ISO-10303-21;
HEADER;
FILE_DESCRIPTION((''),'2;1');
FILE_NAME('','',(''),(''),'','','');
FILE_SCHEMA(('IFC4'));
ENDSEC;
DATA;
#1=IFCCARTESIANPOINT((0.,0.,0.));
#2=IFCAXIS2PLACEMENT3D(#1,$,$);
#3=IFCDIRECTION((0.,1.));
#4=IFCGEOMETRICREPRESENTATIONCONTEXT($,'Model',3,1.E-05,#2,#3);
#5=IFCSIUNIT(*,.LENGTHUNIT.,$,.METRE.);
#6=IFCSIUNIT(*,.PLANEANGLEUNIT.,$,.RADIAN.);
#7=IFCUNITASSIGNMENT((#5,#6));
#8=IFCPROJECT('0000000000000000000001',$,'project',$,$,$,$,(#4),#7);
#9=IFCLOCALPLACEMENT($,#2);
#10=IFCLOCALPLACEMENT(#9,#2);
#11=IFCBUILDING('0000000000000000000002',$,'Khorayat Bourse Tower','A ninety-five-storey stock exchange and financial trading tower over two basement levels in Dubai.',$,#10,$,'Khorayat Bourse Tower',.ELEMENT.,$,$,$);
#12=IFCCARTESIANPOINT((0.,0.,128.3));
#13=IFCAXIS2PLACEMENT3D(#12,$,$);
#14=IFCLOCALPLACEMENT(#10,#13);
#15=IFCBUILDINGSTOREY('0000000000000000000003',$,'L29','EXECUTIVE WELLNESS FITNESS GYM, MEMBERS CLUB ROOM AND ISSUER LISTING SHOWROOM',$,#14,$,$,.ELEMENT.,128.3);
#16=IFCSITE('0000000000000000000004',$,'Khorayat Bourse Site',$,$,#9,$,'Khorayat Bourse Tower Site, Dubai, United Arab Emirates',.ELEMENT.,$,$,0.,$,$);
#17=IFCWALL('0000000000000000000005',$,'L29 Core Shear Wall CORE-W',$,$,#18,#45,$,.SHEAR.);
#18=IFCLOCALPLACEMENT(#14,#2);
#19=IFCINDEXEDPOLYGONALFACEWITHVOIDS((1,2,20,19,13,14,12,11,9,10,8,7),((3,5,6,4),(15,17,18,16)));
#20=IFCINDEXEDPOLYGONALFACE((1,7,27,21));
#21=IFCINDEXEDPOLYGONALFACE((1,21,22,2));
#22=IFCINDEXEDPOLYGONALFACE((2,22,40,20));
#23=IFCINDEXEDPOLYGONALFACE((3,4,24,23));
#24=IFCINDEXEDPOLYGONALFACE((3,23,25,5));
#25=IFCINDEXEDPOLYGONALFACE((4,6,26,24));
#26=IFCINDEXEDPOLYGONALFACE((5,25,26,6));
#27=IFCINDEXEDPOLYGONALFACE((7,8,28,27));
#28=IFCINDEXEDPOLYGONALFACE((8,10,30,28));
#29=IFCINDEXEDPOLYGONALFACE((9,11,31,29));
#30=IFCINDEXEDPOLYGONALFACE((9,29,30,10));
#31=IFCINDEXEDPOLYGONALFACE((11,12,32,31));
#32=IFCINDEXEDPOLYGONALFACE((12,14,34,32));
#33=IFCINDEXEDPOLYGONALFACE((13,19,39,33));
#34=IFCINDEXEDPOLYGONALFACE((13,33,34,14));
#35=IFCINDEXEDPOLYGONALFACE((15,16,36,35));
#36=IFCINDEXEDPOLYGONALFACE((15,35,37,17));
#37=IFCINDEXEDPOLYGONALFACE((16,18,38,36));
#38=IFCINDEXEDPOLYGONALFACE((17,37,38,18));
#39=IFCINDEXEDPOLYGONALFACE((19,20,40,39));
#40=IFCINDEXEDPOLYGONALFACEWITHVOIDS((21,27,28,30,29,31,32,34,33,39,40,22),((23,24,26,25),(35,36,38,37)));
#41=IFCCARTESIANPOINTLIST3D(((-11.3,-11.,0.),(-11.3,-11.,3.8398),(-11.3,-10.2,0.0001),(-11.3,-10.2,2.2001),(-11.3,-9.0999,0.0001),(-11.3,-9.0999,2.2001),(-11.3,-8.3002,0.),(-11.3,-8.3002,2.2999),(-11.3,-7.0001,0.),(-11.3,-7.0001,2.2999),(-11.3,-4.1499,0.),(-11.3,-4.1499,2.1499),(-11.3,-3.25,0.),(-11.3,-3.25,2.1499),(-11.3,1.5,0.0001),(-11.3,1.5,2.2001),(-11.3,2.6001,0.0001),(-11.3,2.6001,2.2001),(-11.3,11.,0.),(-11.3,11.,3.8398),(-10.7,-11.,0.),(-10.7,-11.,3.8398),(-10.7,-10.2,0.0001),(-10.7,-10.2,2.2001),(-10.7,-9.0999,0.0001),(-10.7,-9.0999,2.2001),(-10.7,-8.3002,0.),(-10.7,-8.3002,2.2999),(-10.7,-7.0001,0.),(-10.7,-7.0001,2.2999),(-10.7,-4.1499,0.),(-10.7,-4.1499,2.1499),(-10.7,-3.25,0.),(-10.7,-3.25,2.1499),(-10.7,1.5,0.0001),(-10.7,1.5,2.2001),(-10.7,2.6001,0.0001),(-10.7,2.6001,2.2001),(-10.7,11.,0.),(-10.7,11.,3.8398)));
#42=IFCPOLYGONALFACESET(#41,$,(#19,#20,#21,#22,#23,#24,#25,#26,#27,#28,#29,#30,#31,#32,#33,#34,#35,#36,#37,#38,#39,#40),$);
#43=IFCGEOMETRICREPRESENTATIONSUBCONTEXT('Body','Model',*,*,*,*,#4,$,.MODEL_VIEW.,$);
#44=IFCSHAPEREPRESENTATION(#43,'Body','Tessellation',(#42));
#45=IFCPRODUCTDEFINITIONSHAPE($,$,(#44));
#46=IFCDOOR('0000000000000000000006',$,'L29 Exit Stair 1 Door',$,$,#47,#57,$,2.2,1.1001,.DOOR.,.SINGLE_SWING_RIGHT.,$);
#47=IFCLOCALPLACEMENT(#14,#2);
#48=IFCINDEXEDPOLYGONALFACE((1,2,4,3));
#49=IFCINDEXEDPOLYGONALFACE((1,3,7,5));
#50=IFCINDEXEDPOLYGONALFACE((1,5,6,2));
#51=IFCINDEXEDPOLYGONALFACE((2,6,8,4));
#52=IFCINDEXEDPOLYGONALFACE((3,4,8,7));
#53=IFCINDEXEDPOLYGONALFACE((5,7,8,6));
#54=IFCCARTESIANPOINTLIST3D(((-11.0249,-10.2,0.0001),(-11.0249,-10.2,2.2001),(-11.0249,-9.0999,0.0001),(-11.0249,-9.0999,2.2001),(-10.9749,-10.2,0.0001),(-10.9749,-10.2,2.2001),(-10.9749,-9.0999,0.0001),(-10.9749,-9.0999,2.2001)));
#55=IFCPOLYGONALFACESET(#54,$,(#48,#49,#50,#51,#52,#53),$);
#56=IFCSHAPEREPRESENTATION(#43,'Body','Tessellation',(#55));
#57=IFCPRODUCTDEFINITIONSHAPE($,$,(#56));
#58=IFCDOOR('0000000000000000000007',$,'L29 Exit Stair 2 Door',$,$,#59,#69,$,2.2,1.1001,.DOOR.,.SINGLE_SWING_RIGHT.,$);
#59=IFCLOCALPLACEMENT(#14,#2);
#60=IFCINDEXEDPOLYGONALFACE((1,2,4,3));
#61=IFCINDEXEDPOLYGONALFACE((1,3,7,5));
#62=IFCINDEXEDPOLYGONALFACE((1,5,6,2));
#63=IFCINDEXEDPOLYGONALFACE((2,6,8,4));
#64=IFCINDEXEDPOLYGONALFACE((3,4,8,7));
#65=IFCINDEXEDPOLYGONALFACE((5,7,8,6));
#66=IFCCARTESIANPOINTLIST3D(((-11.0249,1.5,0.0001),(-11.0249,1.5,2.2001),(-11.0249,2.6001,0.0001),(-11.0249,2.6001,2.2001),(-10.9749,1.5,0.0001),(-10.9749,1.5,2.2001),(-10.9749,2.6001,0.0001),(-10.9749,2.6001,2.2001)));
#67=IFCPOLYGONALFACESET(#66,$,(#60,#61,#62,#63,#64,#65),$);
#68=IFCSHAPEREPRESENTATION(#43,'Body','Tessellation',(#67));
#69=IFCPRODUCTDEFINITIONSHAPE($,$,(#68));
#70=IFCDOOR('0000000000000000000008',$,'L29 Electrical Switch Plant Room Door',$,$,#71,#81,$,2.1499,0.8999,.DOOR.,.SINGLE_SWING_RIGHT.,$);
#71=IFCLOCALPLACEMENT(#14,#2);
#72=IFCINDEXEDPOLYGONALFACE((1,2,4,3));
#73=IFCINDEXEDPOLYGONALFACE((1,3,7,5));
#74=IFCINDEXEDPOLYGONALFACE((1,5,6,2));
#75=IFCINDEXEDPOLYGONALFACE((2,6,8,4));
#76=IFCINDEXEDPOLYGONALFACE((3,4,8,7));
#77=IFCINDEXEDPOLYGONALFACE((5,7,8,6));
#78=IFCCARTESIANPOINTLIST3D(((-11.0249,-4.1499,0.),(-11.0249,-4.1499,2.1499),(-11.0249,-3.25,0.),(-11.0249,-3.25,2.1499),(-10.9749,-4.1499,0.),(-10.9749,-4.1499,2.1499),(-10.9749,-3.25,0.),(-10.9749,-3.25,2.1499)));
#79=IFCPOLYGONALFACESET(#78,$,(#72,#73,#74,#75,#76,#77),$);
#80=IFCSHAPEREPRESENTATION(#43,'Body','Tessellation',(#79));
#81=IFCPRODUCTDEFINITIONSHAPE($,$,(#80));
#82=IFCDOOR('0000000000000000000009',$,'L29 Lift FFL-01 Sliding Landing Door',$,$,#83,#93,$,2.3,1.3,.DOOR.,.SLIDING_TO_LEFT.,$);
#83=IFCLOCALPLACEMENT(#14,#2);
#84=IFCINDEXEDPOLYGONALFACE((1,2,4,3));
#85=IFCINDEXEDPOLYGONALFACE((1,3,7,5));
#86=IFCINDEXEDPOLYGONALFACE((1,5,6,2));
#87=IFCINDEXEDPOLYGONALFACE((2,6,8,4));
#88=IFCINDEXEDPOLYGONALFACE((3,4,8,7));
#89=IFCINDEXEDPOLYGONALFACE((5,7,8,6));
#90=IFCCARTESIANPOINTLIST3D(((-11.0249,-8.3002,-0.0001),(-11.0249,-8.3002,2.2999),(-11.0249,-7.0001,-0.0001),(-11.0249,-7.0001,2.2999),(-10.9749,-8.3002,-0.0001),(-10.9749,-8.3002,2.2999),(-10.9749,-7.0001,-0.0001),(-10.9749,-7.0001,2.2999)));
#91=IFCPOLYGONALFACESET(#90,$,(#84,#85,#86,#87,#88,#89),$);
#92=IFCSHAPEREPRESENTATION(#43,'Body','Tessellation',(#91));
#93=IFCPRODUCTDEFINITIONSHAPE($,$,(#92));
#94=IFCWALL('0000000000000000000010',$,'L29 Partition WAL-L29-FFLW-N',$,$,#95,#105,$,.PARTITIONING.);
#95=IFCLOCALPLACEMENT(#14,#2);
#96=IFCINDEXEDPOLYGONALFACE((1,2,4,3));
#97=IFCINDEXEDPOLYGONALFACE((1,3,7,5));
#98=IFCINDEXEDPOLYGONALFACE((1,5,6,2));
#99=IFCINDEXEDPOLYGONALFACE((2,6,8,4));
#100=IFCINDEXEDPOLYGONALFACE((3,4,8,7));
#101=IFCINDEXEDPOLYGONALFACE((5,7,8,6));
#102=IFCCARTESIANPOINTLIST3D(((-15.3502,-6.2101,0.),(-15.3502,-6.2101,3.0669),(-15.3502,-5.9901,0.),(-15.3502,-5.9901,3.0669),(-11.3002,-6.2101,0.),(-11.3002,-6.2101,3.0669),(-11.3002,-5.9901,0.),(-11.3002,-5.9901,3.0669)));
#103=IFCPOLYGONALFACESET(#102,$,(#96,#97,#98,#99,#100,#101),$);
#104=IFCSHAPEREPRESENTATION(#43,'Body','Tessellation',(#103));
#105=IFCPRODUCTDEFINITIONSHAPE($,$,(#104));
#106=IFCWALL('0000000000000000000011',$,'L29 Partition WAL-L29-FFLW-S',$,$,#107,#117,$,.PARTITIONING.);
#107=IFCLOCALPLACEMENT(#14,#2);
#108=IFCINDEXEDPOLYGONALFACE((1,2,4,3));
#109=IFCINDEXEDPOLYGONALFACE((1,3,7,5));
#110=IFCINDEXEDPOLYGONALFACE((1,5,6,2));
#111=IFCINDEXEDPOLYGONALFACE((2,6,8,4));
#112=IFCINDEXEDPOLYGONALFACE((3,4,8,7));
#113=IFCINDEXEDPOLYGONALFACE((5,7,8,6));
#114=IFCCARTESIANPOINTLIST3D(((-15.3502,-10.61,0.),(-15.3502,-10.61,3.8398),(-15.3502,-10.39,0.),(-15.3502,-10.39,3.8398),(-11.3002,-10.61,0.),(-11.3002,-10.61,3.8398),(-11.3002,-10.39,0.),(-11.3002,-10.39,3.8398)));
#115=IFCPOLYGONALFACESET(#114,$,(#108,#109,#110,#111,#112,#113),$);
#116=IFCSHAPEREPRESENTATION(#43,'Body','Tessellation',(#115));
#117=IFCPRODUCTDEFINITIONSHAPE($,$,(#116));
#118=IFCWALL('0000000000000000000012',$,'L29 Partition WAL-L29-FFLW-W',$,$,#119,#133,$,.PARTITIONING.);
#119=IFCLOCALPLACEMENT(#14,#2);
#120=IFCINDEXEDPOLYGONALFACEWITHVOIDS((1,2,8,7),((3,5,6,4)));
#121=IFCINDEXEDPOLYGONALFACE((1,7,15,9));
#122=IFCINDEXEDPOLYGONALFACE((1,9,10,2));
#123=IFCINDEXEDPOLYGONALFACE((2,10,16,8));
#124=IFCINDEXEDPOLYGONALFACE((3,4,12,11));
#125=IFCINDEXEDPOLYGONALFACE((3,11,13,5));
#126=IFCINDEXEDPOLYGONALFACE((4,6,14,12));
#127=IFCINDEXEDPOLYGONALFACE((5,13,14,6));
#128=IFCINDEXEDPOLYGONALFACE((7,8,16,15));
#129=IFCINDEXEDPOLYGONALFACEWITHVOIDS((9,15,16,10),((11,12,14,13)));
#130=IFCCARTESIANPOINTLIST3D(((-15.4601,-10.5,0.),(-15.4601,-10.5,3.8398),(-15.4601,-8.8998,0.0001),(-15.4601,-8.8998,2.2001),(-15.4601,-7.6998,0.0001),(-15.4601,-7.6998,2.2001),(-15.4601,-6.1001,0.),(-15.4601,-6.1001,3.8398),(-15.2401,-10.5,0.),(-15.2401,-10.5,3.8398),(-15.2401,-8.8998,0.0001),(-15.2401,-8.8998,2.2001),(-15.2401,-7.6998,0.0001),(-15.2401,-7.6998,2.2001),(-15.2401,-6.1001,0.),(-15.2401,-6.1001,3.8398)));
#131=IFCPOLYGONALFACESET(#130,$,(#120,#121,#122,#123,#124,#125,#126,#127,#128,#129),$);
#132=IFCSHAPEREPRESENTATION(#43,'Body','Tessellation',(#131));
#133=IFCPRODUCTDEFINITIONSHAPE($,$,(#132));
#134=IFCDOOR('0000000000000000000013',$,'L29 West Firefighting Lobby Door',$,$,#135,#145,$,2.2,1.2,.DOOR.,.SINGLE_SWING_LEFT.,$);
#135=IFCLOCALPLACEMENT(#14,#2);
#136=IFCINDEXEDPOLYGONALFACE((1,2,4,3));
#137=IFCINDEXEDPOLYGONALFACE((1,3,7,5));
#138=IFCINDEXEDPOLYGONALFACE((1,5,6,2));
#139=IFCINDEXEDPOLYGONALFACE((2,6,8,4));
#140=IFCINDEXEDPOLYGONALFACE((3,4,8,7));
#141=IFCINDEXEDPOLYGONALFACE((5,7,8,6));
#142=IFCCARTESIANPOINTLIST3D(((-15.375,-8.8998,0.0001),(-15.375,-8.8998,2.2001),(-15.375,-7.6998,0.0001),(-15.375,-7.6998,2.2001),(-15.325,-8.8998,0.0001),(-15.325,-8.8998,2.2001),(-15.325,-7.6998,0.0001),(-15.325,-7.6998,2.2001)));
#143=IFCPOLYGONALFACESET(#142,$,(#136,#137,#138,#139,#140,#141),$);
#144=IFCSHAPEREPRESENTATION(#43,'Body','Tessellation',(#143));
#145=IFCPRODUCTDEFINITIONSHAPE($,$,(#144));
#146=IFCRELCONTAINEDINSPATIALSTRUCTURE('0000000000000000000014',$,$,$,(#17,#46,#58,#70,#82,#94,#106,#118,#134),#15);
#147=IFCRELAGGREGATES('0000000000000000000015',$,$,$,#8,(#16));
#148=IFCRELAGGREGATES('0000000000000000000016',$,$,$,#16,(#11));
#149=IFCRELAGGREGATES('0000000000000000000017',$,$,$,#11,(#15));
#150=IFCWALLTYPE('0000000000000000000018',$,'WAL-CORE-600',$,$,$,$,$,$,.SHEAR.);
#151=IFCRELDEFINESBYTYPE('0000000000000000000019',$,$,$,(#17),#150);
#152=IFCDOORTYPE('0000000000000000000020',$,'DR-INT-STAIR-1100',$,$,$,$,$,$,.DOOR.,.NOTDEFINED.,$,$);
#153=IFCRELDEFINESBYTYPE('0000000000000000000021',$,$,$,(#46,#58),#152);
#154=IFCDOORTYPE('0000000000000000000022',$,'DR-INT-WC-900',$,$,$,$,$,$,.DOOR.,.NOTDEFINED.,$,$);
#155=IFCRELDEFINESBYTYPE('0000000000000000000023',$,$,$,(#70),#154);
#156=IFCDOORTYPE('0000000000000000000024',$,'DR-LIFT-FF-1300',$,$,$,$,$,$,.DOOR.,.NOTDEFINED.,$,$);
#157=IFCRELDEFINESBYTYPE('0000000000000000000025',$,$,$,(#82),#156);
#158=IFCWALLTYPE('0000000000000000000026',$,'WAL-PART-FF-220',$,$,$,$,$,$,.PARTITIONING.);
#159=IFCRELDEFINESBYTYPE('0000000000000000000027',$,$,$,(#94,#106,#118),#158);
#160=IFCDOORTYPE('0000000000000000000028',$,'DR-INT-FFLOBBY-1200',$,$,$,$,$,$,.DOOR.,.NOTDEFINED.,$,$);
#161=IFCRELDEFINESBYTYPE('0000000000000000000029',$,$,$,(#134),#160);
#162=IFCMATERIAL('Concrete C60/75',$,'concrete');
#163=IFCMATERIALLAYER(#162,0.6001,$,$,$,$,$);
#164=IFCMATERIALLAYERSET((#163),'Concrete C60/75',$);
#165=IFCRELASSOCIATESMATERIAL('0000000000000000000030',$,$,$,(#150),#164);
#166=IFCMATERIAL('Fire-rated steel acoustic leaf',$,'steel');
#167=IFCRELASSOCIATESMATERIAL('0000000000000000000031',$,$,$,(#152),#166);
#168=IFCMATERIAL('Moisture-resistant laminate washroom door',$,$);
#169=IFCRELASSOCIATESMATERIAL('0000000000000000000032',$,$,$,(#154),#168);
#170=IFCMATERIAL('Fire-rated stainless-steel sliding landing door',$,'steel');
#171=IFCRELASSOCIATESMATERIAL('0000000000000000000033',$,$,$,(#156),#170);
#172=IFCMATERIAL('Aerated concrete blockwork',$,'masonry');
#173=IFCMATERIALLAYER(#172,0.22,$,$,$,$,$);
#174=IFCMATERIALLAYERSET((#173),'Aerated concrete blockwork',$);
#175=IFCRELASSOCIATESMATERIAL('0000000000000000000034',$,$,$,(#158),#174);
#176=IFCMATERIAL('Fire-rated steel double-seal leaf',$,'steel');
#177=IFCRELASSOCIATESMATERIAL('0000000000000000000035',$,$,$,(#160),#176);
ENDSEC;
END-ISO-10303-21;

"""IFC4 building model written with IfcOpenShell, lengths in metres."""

from ifc_helpers import new_model, si_unit, direction, frame, frame_2d, origin, place, context, subcontext, project, spatial, rectangle, extrude, source, transform, mapped, material, layer, layer_set, type_object, element, fill, save


model = new_model("IFC4")

# Units and contexts
model_context = context("Model", 3, precision=1e-05, world=origin(), true_north=direction((0.0, 1.0)))
body_context = subcontext(model_context, "Body", "Model", "MODEL_VIEW")
ifc_project = project(units=[si_unit("LENGTHUNIT", "METRE"), si_unit("PLANEANGLEUNIT", "RADIAN")], contexts=[model_context])

# Site, building, storey
site_placement = place(None, origin())
site = spatial("IfcSite", under=ifc_project, at=site_placement, Name="Khorayat Bourse Site", LongName="Khorayat Bourse Tower Site, Dubai, United Arab Emirates", CompositionType="ELEMENT", RefElevation=0.0)
building_placement = place(site_placement, origin())
building = spatial("IfcBuilding", under=site, at=building_placement, Name="Khorayat Bourse Tower", Description="A ninety-five-storey stock exchange and financial trading tower over two basement levels in Dubai.", LongName="Khorayat Bourse Tower", CompositionType="ELEMENT")
storey_placement = place(building_placement, frame((0.0, 0.0, 128.3)))
storey = spatial("IfcBuildingStorey", under=building, at=storey_placement, Name="L29", Description="EXECUTIVE WELLNESS FITNESS GYM, MEMBERS CLUB ROOM AND ISSUER LISTING SHOWROOM", CompositionType="ELEMENT", Elevation=128.3)

# Wall, openings, doors
ifc_material_1 = material(Name="Concrete C60/75", Category="concrete")
ifc_layer_1 = layer(ifc_material_1, 0.6001)
ifc_layer_set_1 = layer_set([ifc_layer_1], Name="Concrete C60/75")
wall_type_1 = type_object("IfcWallType", Name="WAL-CORE-600", PredefinedType="SHEAR", material=ifc_layer_set_1)
shared_shape_1 = source(origin(), body_context, "Body", "SweptSolid", [
    extrude(rectangle(XDim=22.0, YDim=0.6001, at=frame_2d((11.0, 0.0))), origin(), (0.0, 0.0, 1.0), 3.8398),
])
wall_1_placement = place(storey_placement, frame((-11.0, -11.0, 0.0), z_axis=(0.0, 0.0, 1.0), x_axis=(0.0, 1.0, 0.0)))
wall_1 = element("IfcWall", 1, at=wall_1_placement, inside=storey, type_object=wall_type_1, Name="L29 Core Shear Wall CORE-W", PredefinedType="SHEAR", context=body_context, shape_type="MappedRepresentation", body=[
    mapped(shared_shape_1, transform((0.0, 0.0, 0.0), scale=1.0)),
])
shared_shape_2 = source(origin(), body_context, "Body", "SweptSolid", [
    extrude(rectangle(XDim=1.1001, YDim=2.2, at=frame_2d((0.55, 1.1001))), frame((0.0, 0.3101, 0.0), z_axis=(0.0, -1.0, 0.0), x_axis=(1.0, 0.0, 0.0)), (0.0, 0.0, 1.0), 0.6201),
])
opening_1_placement = place(wall_1_placement, frame((0.8, 0.0, 0.0)))
opening_1 = element("IfcOpeningElement", 2, at=opening_1_placement, cuts=wall_1, PredefinedType="OPENING", context=body_context, shape_type="MappedRepresentation", body=[
    mapped(shared_shape_2, transform((0.0, 0.0, 0.0), scale=1.0)),
])
opening_2_placement = place(wall_1_placement, frame((12.5, 0.0, 0.0)))
opening_2 = element("IfcOpeningElement", 3, at=opening_2_placement, cuts=wall_1, PredefinedType="OPENING", context=body_context, shape_type="MappedRepresentation", body=[
    mapped(shared_shape_2, transform((0.0, 0.0, 0.0), scale=1.0)),
])
shared_shape_3 = source(origin(), body_context, "Body", "SweptSolid", [
    extrude(rectangle(XDim=0.8999, YDim=2.1499, at=frame_2d((0.45, 1.075))), frame((0.0, 0.3101, 0.0), z_axis=(0.0, -1.0, 0.0), x_axis=(1.0, 0.0, 0.0)), (0.0, 0.0, 1.0), 0.6201),
])
opening_3_placement = place(wall_1_placement, frame((6.8501, 0.0, 0.0)))
opening_3 = element("IfcOpeningElement", 4, at=opening_3_placement, cuts=wall_1, PredefinedType="OPENING", context=body_context, shape_type="MappedRepresentation", body=[
    mapped(shared_shape_3, transform((0.0, 0.0, 0.0), scale=1.0)),
])
shared_shape_4 = source(origin(), body_context, "Body", "SweptSolid", [
    extrude(rectangle(XDim=1.3, YDim=2.3, at=frame_2d((0.6499, 1.1499))), frame((0.0, 0.3101, 0.0), z_axis=(0.0, -1.0, 0.0), x_axis=(1.0, 0.0, 0.0)), (0.0, 0.0, 1.0), 0.6201),
])
opening_4_placement = place(wall_1_placement, frame((2.7, 0.0, 0.0)))
opening_4 = element("IfcOpeningElement", 5, at=opening_4_placement, cuts=wall_1, PredefinedType="OPENING", context=body_context, shape_type="MappedRepresentation", body=[
    mapped(shared_shape_4, transform((0.0, 0.0, 0.0), scale=1.0)),
])
ifc_material_2 = material(Name="Fire-rated steel acoustic leaf", Category="steel")
door_type_1 = type_object("IfcDoorType", Name="DR-INT-STAIR-1100", OperationType="NOTDEFINED", PredefinedType="DOOR", material=ifc_material_2)
shared_shape_5 = source(origin(), body_context, "Body", "SweptSolid", [
    extrude(rectangle(XDim=1.1001, YDim=2.2, at=frame_2d((0.55, 1.1001))), frame((0.0, 0.0249, 0.0), z_axis=(0.0, -1.0, 0.0), x_axis=(1.0, 0.0, 0.0)), (0.0, 0.0, 1.0), 0.05),
])
door_1_placement = place(opening_1_placement, origin())
door_1 = element("IfcDoor", 6, at=door_1_placement, inside=storey, type_object=door_type_1, Name="L29 Exit Stair 1 Door", OperationType="SINGLE_SWING_RIGHT", OverallHeight=2.2, OverallWidth=1.1001, PredefinedType="DOOR", context=body_context, shape_type="MappedRepresentation", body=[
    mapped(shared_shape_5, transform((0.0, 0.0, 0.0), scale=1.0)),
])
fill(opening_1, door_1)
door_2_placement = place(opening_2_placement, origin())
door_2 = element("IfcDoor", 7, at=door_2_placement, inside=storey, type_object=door_type_1, Name="L29 Exit Stair 2 Door", OperationType="SINGLE_SWING_RIGHT", OverallHeight=2.2, OverallWidth=1.1001, PredefinedType="DOOR", context=body_context, shape_type="MappedRepresentation", body=[
    mapped(shared_shape_5, transform((0.0, 0.0, 0.0), scale=1.0)),
])
fill(opening_2, door_2)
ifc_material_3 = material(Name="Moisture-resistant laminate washroom door")
door_type_2 = type_object("IfcDoorType", Name="DR-INT-WC-900", OperationType="NOTDEFINED", PredefinedType="DOOR", material=ifc_material_3)
shared_shape_6 = source(origin(), body_context, "Body", "SweptSolid", [
    extrude(rectangle(XDim=0.8999, YDim=2.1499, at=frame_2d((0.45, 1.075))), frame((0.0, 0.0249, 0.0), z_axis=(0.0, -1.0, 0.0), x_axis=(1.0, 0.0, 0.0)), (0.0, 0.0, 1.0), 0.05),
])
door_3_placement = place(opening_3_placement, origin())
door_3 = element("IfcDoor", 8, at=door_3_placement, inside=storey, type_object=door_type_2, Name="L29 Electrical Switch Plant Room Door", OperationType="SINGLE_SWING_RIGHT", OverallHeight=2.1499, OverallWidth=0.8999, PredefinedType="DOOR", context=body_context, shape_type="MappedRepresentation", body=[
    mapped(shared_shape_6, transform((0.0, 0.0, 0.0), scale=1.0)),
])
fill(opening_3, door_3)
ifc_material_4 = material(Name="Fire-rated stainless-steel sliding landing door", Category="steel")
door_type_3 = type_object("IfcDoorType", Name="DR-LIFT-FF-1300", OperationType="NOTDEFINED", PredefinedType="DOOR", material=ifc_material_4)
shared_shape_7 = source(origin(), body_context, "Body", "SweptSolid", [
    extrude(rectangle(XDim=1.3, YDim=2.3, at=frame_2d((0.6499, 1.1499))), frame((0.0, 0.0249, 0.0), z_axis=(0.0, -1.0, 0.0), x_axis=(1.0, 0.0, 0.0)), (0.0, 0.0, 1.0), 0.05),
])
door_4_placement = place(opening_4_placement, origin())
door_4 = element("IfcDoor", 9, at=door_4_placement, inside=storey, type_object=door_type_3, Name="L29 Lift FFL-01 Sliding Landing Door", OperationType="SLIDING_TO_LEFT", OverallHeight=2.3, OverallWidth=1.3, PredefinedType="DOOR", context=body_context, shape_type="MappedRepresentation", body=[
    mapped(shared_shape_7, transform((0.0, 0.0, 0.0), scale=1.0)),
])
fill(opening_4, door_4)

# Walls
ifc_material_5 = material(Name="Aerated concrete blockwork", Category="masonry")
ifc_layer_2 = layer(ifc_material_5, 0.22)
ifc_layer_set_2 = layer_set([ifc_layer_2], Name="Aerated concrete blockwork")
wall_type_2 = type_object("IfcWallType", Name="WAL-PART-FF-220", PredefinedType="PARTITIONING", material=ifc_layer_set_2)
shared_shape_8 = source(origin(), body_context, "Body", "SweptSolid", [
    extrude(rectangle(XDim=4.05, YDim=0.22, at=frame_2d((2.0249, 0.0))), origin(), (0.0, 0.0, 1.0), 3.0669),
])
wall_2_placement = place(storey_placement, frame((-15.3501, -6.1001, 0.0), z_axis=(0.0, 0.0, 1.0), x_axis=(1.0, 0.0, 0.0)))
element("IfcWall", 10, at=wall_2_placement, inside=storey, type_object=wall_type_2, Name="L29 Partition WAL-L29-FFLW-N", PredefinedType="PARTITIONING", context=body_context, shape_type="MappedRepresentation", body=[
    mapped(shared_shape_8, transform((0.0, 0.0, 0.0), scale=1.0)),
])
shared_shape_9 = source(origin(), body_context, "Body", "SweptSolid", [
    extrude(rectangle(XDim=4.05, YDim=0.22, at=frame_2d((2.0249, 0.0))), origin(), (0.0, 0.0, 1.0), 3.8398),
])
wall_3_placement = place(storey_placement, frame((-15.3501, -10.5, 0.0), z_axis=(0.0, 0.0, 1.0), x_axis=(1.0, 0.0, 0.0)))
element("IfcWall", 11, at=wall_3_placement, inside=storey, type_object=wall_type_2, Name="L29 Partition WAL-L29-FFLW-S", PredefinedType="PARTITIONING", context=body_context, shape_type="MappedRepresentation", body=[
    mapped(shared_shape_9, transform((0.0, 0.0, 0.0), scale=1.0)),
])

# Wall, opening, door
shared_shape_10 = source(origin(), body_context, "Body", "SweptSolid", [
    extrude(rectangle(XDim=4.3999, YDim=0.22, at=frame_2d((2.2, 0.0))), origin(), (0.0, 0.0, 1.0), 3.8398),
])
wall_4_placement = place(storey_placement, frame((-15.3501, -10.5, 0.0), z_axis=(0.0, 0.0, 1.0), x_axis=(0.0, 1.0, 0.0)))
wall_4 = element("IfcWall", 12, at=wall_4_placement, inside=storey, type_object=wall_type_2, Name="L29 Partition WAL-L29-FFLW-W", PredefinedType="PARTITIONING", context=body_context, shape_type="MappedRepresentation", body=[
    mapped(shared_shape_10, transform((0.0, 0.0, 0.0), scale=1.0)),
])
shared_shape_11 = source(origin(), body_context, "Body", "SweptSolid", [
    extrude(rectangle(XDim=1.2, YDim=2.2, at=frame_2d((0.6001, 1.1001))), frame((0.0, 0.1199, 0.0), z_axis=(0.0, -1.0, 0.0), x_axis=(1.0, 0.0, 0.0)), (0.0, 0.0, 1.0), 0.24),
])
opening_5_placement = place(wall_4_placement, frame((1.6001, 0.0, 0.0)))
opening_5 = element("IfcOpeningElement", 13, at=opening_5_placement, cuts=wall_4, PredefinedType="OPENING", context=body_context, shape_type="MappedRepresentation", body=[
    mapped(shared_shape_11, transform((0.0, 0.0, 0.0), scale=1.0)),
])
ifc_material_6 = material(Name="Fire-rated steel double-seal leaf", Category="steel")
door_type_4 = type_object("IfcDoorType", Name="DR-INT-FFLOBBY-1200", OperationType="NOTDEFINED", PredefinedType="DOOR", material=ifc_material_6)
shared_shape_12 = source(origin(), body_context, "Body", "SweptSolid", [
    extrude(rectangle(XDim=1.2, YDim=2.2, at=frame_2d((0.6001, 1.1001))), frame((0.0, 0.0249, 0.0), z_axis=(0.0, -1.0, 0.0), x_axis=(1.0, 0.0, 0.0)), (0.0, 0.0, 1.0), 0.05),
])
door_5_placement = place(opening_5_placement, origin())
door_5 = element("IfcDoor", 14, at=door_5_placement, inside=storey, type_object=door_type_4, Name="L29 West Firefighting Lobby Door", OperationType="SINGLE_SWING_LEFT", OverallHeight=2.2, OverallWidth=1.2, PredefinedType="DOOR", context=body_context, shape_type="MappedRepresentation", body=[
    mapped(shared_shape_12, transform((0.0, 0.0, 0.0), scale=1.0)),
])
fill(opening_5, door_5)

save(model, "model.ifc")
